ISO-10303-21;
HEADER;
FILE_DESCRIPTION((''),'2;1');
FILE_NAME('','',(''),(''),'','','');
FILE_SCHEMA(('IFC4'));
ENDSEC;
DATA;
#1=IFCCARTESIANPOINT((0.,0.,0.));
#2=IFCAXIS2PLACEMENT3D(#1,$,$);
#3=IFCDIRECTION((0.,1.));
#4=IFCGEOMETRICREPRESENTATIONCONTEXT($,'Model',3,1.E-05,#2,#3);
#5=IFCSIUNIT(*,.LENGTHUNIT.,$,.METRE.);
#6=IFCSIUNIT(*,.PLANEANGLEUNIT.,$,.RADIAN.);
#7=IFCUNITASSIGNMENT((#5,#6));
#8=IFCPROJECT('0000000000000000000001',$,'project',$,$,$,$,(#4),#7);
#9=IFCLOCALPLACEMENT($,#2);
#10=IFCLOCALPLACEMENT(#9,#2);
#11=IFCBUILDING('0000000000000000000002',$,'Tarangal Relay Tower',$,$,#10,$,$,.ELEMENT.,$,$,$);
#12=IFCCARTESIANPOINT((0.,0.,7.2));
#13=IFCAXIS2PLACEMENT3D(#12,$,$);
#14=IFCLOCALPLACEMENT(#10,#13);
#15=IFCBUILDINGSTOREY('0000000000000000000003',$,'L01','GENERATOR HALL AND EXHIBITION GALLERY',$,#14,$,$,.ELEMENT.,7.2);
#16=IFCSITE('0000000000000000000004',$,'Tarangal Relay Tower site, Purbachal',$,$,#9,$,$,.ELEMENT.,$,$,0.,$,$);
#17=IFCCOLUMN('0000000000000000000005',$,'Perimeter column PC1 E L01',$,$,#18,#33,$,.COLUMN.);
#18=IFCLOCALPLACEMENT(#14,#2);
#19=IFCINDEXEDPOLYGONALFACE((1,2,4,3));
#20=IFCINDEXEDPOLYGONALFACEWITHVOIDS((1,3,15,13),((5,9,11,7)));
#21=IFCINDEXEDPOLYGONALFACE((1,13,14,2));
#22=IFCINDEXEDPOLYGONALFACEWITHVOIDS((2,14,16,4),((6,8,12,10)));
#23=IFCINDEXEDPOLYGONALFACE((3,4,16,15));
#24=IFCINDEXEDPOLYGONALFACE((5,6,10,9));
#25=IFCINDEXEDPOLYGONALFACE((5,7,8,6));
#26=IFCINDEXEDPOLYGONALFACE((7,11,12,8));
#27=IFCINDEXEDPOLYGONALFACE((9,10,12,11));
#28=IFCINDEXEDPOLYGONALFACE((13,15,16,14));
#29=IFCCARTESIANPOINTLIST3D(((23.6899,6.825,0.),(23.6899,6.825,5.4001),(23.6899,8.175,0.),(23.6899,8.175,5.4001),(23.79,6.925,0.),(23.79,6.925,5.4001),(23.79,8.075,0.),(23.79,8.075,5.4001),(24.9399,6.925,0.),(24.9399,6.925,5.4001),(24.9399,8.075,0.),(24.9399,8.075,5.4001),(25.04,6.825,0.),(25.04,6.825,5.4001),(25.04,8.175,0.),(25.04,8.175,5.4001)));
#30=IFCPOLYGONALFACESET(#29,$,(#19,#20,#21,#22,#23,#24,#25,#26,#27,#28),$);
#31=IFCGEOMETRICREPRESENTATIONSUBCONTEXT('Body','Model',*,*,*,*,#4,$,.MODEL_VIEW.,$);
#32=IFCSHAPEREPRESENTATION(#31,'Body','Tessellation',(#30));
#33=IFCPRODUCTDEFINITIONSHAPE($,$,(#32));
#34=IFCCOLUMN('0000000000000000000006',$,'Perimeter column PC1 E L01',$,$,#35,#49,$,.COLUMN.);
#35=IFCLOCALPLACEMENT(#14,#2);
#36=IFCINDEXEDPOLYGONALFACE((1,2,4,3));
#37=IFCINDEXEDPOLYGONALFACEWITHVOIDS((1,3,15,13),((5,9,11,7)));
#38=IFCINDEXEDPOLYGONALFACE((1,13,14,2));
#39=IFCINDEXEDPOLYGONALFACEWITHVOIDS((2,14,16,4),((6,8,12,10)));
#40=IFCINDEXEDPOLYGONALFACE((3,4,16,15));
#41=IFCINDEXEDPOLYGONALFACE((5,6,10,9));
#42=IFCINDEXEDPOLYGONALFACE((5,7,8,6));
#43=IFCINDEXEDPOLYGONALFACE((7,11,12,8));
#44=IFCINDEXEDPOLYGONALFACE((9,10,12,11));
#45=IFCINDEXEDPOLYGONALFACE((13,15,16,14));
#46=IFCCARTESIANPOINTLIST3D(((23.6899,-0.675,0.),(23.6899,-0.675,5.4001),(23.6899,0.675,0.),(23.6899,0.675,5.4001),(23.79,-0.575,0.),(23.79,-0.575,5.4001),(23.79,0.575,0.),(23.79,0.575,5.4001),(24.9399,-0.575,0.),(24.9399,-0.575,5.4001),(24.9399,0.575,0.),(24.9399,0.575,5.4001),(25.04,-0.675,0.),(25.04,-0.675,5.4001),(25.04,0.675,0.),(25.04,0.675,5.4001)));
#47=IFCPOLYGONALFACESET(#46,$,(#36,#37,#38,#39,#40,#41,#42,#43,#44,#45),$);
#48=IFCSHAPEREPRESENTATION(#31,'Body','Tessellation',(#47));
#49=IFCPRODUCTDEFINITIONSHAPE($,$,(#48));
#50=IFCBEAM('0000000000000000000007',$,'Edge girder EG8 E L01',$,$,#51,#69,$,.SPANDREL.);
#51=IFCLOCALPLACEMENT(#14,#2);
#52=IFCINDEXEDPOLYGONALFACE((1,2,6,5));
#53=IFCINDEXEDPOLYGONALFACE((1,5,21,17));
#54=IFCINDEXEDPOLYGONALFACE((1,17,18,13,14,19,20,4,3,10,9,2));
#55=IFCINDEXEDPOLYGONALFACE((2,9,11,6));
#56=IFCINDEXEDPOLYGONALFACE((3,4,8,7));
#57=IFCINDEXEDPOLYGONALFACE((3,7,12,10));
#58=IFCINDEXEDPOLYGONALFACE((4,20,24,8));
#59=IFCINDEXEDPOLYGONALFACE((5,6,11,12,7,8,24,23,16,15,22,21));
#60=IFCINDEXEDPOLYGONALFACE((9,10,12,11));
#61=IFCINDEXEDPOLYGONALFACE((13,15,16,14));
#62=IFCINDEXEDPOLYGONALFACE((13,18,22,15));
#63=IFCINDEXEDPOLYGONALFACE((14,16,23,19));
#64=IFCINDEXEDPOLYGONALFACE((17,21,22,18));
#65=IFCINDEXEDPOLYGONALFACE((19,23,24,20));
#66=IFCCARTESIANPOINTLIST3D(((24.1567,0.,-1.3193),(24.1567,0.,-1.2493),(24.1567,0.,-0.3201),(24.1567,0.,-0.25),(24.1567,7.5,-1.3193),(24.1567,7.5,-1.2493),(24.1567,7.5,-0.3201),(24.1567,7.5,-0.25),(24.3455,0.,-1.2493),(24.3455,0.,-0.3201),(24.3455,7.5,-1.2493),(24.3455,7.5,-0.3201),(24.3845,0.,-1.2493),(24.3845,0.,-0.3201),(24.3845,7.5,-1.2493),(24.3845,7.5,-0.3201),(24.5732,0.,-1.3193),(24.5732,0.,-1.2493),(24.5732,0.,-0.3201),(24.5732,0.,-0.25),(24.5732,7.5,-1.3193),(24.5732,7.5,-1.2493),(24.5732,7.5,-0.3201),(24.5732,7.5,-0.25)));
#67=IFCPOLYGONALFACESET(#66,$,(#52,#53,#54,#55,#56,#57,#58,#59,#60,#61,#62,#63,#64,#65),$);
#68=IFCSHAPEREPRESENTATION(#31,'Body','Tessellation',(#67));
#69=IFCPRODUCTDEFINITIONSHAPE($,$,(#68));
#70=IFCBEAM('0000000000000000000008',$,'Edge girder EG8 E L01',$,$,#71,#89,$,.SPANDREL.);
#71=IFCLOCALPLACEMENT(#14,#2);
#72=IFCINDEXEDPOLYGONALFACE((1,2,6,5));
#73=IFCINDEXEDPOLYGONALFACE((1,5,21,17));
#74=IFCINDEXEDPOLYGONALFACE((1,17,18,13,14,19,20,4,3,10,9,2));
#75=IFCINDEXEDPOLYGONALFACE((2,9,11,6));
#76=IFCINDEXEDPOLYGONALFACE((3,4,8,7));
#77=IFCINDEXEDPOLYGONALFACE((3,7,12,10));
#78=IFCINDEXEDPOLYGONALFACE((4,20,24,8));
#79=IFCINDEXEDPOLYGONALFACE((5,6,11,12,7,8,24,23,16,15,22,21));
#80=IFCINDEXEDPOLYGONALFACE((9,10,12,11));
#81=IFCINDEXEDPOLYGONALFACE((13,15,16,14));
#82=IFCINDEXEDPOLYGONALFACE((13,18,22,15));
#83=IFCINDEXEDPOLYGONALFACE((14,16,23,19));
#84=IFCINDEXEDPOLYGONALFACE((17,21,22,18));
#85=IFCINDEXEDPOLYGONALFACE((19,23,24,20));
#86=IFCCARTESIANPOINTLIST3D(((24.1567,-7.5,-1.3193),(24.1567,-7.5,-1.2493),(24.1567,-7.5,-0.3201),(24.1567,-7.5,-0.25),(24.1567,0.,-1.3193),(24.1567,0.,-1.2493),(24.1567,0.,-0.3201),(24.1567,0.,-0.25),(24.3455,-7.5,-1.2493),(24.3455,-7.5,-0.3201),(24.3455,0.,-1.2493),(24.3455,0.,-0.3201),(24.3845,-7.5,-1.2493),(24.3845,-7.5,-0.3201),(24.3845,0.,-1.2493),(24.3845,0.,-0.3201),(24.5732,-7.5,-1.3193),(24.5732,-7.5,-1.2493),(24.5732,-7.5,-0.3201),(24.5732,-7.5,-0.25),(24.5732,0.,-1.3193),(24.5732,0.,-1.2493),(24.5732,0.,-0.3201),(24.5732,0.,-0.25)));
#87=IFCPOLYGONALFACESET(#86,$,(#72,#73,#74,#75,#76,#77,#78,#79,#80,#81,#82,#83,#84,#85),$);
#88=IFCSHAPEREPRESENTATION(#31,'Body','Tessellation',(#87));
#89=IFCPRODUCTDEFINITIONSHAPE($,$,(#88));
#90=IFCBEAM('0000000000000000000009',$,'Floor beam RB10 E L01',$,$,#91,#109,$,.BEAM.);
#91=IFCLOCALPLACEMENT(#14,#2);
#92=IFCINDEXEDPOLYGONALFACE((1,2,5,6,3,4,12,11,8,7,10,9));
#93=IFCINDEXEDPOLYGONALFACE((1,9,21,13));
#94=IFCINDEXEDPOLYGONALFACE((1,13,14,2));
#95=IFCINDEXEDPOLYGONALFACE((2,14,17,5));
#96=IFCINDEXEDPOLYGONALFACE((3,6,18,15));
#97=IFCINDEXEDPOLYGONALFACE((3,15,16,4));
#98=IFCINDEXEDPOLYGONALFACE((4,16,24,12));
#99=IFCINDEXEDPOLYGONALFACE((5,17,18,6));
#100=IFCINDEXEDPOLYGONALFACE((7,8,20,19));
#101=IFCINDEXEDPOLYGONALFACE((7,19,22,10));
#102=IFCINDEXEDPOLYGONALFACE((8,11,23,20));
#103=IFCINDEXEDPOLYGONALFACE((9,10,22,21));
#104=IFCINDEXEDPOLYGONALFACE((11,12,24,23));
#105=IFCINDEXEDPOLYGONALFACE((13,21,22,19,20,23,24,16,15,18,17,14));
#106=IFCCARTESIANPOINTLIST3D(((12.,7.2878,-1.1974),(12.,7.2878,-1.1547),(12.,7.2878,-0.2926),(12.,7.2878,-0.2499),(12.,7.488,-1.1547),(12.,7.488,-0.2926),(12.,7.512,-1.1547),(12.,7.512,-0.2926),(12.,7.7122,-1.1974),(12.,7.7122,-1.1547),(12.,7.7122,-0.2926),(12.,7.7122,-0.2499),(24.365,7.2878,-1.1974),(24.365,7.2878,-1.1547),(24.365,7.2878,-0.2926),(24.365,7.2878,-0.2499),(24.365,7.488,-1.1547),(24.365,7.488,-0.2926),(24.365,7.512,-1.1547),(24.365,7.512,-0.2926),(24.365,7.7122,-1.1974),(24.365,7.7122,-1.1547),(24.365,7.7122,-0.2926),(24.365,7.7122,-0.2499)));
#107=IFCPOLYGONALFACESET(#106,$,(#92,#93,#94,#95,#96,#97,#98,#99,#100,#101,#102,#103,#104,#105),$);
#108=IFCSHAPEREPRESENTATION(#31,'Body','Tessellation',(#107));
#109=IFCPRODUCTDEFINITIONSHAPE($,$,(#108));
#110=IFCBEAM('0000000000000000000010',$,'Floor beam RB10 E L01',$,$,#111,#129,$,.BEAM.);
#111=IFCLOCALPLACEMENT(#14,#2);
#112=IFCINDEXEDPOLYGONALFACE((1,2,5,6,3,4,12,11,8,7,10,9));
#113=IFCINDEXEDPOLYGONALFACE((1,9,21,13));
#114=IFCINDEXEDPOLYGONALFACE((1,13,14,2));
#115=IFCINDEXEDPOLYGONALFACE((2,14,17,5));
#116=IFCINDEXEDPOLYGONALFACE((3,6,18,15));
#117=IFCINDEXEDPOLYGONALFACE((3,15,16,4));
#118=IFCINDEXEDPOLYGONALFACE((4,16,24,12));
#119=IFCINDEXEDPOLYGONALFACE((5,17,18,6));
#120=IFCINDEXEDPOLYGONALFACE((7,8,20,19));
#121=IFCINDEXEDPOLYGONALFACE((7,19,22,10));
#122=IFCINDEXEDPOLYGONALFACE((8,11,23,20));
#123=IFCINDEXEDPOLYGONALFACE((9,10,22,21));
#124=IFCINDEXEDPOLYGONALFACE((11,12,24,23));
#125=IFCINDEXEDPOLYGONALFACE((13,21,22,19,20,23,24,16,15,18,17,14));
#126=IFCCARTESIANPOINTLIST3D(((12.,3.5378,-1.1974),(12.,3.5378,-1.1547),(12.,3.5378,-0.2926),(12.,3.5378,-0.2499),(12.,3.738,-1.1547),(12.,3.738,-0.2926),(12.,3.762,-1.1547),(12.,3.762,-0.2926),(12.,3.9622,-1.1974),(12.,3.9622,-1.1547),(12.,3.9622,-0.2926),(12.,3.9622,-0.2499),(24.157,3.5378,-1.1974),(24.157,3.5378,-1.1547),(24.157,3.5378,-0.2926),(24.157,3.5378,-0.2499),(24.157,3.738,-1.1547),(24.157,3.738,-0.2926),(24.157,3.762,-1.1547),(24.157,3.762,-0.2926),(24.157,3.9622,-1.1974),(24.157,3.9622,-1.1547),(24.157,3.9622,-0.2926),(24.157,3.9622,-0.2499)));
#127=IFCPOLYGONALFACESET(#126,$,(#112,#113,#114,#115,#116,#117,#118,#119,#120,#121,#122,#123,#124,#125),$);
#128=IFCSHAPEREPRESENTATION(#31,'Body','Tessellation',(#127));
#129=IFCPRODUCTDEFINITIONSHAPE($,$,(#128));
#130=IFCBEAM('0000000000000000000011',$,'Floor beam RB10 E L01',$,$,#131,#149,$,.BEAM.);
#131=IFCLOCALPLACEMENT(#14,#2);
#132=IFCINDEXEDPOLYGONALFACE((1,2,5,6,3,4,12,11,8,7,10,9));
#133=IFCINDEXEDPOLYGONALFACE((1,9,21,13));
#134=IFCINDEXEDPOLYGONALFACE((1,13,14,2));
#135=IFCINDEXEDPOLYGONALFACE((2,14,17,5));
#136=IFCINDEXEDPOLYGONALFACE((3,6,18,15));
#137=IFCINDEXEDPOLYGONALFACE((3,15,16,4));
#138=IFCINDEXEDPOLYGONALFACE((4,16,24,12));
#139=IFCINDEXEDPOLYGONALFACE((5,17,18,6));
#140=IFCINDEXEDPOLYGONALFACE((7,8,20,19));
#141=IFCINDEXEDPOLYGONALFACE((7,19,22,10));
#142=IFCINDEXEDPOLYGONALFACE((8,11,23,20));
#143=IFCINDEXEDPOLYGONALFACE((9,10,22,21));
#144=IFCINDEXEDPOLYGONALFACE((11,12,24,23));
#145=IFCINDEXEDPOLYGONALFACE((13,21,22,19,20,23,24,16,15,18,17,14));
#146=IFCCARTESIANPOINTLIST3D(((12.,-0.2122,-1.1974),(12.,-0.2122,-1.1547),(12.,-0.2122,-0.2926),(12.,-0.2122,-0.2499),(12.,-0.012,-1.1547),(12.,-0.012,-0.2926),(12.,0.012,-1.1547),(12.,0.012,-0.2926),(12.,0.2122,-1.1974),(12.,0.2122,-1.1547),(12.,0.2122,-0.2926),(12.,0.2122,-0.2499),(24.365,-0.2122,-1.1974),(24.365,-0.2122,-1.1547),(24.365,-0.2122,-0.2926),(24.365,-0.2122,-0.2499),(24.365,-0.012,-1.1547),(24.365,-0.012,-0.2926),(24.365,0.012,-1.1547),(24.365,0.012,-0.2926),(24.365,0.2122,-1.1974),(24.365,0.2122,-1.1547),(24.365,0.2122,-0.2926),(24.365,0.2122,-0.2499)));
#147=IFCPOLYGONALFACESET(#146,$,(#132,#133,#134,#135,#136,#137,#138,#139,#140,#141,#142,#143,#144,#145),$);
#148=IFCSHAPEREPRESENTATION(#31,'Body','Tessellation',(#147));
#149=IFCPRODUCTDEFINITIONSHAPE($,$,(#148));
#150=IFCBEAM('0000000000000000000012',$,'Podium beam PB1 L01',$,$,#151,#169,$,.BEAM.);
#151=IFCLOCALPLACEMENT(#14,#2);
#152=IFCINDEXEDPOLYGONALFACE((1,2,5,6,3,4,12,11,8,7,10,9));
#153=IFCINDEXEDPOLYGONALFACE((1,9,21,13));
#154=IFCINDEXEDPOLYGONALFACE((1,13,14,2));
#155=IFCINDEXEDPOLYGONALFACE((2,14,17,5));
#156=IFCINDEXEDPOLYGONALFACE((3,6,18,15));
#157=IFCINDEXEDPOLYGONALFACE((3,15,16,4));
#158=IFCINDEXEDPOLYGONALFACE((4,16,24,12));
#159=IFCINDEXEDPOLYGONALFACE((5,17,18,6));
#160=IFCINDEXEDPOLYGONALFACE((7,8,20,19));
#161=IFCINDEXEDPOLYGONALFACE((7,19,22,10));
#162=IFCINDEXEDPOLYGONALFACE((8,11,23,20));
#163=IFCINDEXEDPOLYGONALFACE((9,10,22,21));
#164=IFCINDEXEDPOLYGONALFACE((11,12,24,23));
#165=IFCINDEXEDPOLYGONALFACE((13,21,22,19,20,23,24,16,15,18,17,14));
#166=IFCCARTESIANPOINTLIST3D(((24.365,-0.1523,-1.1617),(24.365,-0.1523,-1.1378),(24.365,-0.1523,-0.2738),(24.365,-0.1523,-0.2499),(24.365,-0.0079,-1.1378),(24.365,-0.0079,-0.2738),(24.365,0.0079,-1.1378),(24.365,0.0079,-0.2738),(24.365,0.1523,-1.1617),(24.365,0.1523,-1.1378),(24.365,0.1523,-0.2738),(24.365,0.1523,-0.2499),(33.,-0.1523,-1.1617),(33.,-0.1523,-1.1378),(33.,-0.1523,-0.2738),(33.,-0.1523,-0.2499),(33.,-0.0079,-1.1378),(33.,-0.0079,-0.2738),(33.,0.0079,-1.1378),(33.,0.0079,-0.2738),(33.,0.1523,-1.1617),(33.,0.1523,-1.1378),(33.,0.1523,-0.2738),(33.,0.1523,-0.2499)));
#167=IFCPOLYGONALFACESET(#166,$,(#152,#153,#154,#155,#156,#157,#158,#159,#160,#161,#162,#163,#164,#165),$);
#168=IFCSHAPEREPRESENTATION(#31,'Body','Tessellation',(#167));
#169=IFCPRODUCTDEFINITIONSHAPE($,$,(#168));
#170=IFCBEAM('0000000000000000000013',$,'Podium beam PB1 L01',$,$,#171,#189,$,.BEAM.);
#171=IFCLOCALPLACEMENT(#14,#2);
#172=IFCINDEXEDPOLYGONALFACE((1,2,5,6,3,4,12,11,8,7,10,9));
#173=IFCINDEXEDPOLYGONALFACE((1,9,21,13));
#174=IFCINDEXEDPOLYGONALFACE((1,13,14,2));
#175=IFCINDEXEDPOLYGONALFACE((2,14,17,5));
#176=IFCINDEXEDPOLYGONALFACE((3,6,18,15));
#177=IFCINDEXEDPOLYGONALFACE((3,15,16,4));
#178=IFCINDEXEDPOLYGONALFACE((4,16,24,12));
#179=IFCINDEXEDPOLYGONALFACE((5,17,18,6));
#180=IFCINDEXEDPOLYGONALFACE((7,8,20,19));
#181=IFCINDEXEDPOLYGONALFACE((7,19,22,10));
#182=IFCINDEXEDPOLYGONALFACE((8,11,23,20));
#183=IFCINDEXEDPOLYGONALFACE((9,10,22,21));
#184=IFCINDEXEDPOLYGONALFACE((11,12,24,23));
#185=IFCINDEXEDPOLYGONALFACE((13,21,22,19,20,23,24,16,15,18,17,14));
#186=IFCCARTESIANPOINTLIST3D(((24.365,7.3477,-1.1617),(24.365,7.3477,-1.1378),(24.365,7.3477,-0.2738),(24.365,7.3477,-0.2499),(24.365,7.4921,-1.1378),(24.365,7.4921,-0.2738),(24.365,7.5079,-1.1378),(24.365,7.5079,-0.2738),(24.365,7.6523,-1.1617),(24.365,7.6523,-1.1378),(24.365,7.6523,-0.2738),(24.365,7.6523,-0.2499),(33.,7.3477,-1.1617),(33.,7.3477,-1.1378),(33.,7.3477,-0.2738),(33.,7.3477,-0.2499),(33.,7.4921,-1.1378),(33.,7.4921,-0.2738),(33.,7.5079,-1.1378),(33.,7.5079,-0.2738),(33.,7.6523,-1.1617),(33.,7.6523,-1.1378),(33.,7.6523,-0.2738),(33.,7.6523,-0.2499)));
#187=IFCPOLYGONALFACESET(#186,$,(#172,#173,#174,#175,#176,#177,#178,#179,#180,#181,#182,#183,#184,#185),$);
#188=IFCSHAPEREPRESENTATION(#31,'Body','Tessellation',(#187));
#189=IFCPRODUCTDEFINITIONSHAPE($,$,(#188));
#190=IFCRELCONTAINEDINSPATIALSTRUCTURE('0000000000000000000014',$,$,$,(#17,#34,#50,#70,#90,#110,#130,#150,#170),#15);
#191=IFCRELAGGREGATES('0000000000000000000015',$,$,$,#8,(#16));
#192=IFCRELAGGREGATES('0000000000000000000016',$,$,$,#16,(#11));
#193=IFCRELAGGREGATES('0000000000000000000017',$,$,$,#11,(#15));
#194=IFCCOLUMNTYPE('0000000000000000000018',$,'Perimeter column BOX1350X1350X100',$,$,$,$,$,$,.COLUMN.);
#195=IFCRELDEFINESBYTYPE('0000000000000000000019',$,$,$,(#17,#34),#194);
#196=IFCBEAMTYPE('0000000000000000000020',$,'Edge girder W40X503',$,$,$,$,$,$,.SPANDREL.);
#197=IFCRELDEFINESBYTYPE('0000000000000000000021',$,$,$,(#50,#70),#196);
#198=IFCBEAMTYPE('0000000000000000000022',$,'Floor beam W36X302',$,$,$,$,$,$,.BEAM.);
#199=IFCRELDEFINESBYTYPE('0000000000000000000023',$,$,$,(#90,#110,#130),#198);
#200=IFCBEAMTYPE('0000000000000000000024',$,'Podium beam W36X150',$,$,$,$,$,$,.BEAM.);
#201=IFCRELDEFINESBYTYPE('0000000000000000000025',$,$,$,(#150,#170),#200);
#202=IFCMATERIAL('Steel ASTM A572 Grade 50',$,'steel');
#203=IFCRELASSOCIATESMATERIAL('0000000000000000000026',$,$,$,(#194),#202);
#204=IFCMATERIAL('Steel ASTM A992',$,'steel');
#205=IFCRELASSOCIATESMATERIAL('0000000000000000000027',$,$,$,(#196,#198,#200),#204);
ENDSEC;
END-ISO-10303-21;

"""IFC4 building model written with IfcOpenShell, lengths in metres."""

from ifc_helpers import new_model, si_unit, direction, frame, origin, origin_2d, place, context, subcontext, project, spatial, hollow_rectangle, i_section, extrude, material, material_profile, profile_set, type_object, element, save


model = new_model("IFC4")

# Units and contexts
model_context = context("Model", 3, precision=1e-05, world=origin(), true_north=direction((0.0, 1.0)))
body_context = subcontext(model_context, "Body", "Model", "MODEL_VIEW")
ifc_project = project(units=[si_unit("LENGTHUNIT", "METRE"), si_unit("PLANEANGLEUNIT", "RADIAN")], contexts=[model_context])

# Site, building, storey
site_placement = place(None, origin())
site = spatial("IfcSite", under=ifc_project, at=site_placement, Name="Tarangal Relay Tower site, Purbachal", CompositionType="ELEMENT", RefElevation=0.0)
building_placement = place(site_placement, origin())
building = spatial("IfcBuilding", under=site, at=building_placement, Name="Tarangal Relay Tower", CompositionType="ELEMENT")
storey_placement = place(building_placement, frame((0.0, 0.0, 7.2)))
storey = spatial("IfcBuildingStorey", under=building, at=storey_placement, Name="L01", Description="GENERATOR HALL AND EXHIBITION GALLERY", CompositionType="ELEMENT", Elevation=7.2)

# Columns
ifc_material_1 = material(Name="Steel ASTM A572 Grade 50", Category="steel")
ifc_material_profile_1 = material_profile(ifc_material_1, hollow_rectangle(XDim=1.3501, YDim=1.3501, WallThickness=0.1001, at=origin_2d()), Name="BOX1350X1350X100")
ifc_profile_set_1 = profile_set([ifc_material_profile_1], Name="Steel ASTM A572 Grade 50")
column_type = type_object("IfcColumnType", Name="Perimeter column BOX1350X1350X100", PredefinedType="COLUMN", material=ifc_profile_set_1)
for number, where, z_axis, x_axis, name in (
    (1, (24.365, 7.5, 0.0), (0.0, 0.0, 1.0), (1.0, 0.0, 0.0), "Perimeter column PC1 E L01"),
    (2, (24.365, 0.0, 0.0), (0.0, 0.0, 1.0), (1.0, 0.0, 0.0), "Perimeter column PC1 E L01"),
):
    element("IfcColumn", number, at=place(storey_placement, frame(where, z_axis=z_axis, x_axis=x_axis)), inside=storey, type_object=column_type, Name=name, PredefinedType="COLUMN", context=body_context, shape_type="SweptSolid", body=[
        extrude(hollow_rectangle(XDim=1.3501, YDim=1.3501, WallThickness=0.1001, at=origin_2d()), origin(), (0.0, 0.0, 1.0), 5.4001),
    ])

# Beams
ifc_material_2 = material(Name="Steel ASTM A992", Category="steel")
ifc_material_profile_2 = material_profile(ifc_material_2, i_section(OverallWidth=0.4165, OverallDepth=1.0693, WebThickness=0.0391, FlangeThickness=0.0701, at=origin_2d()), Name="W40X503")
ifc_profile_set_2 = profile_set([ifc_material_profile_2], Name="Steel ASTM A992")
beam_type_1 = type_object("IfcBeamType", Name="Edge girder W40X503", PredefinedType="SPANDREL", material=ifc_profile_set_2)
for number, where, z_axis, x_axis, name in (
    (3, (24.365, 7.5, -0.7847), (0.0, -1.0, 0.0), (1.0, 0.0, 0.0), "Edge girder EG8 E L01"),
    (4, (24.365, 0.0, -0.7847), (0.0, -1.0, 0.0), (1.0, 0.0, 0.0), "Edge girder EG8 E L01"),
):
    element("IfcBeam", number, at=place(storey_placement, frame(where, z_axis=z_axis, x_axis=x_axis)), inside=storey, type_object=beam_type_1, Name=name, PredefinedType="SPANDREL", context=body_context, shape_type="SweptSolid", body=[
        extrude(i_section(OverallWidth=0.4165, OverallDepth=1.0693, WebThickness=0.0391, FlangeThickness=0.0701, at=origin_2d()), origin(), (0.0, 0.0, 1.0), 7.5),
    ])
ifc_material_profile_3 = material_profile(ifc_material_2, i_section(OverallWidth=0.4243, OverallDepth=0.9475, WebThickness=0.0239, FlangeThickness=0.0427, at=origin_2d()), Name="W36X302")
ifc_profile_set_3 = profile_set([ifc_material_profile_3], Name="Steel ASTM A992")
beam_type_2 = type_object("IfcBeamType", Name="Floor beam W36X302", PredefinedType="BEAM", material=ifc_profile_set_3)
beam_1_placement = place(storey_placement, frame((12.0, 7.5, -0.7236), z_axis=(1.0, 0.0, 0.0), x_axis=(0.0, 1.0, 0.0)))
element("IfcBeam", 5, at=beam_1_placement, inside=storey, type_object=beam_type_2, Name="Floor beam RB10 E L01", PredefinedType="BEAM", context=body_context, shape_type="SweptSolid", body=[
    extrude(i_section(OverallWidth=0.4243, OverallDepth=0.9475, WebThickness=0.0239, FlangeThickness=0.0427, at=origin_2d()), origin(), (0.0, 0.0, 1.0), 12.365),
])
beam_2_placement = place(storey_placement, frame((12.0, 3.75, -0.7236), z_axis=(1.0, 0.0, 0.0), x_axis=(0.0, 1.0, 0.0)))
element("IfcBeam", 6, at=beam_2_placement, inside=storey, type_object=beam_type_2, Name="Floor beam RB10 E L01", PredefinedType="BEAM", context=body_context, shape_type="SweptSolid", body=[
    extrude(i_section(OverallWidth=0.4243, OverallDepth=0.9475, WebThickness=0.0239, FlangeThickness=0.0427, at=origin_2d()), origin(), (0.0, 0.0, 1.0), 12.157),
])
beam_3_placement = place(storey_placement, frame((12.0, 0.0, -0.7236), z_axis=(1.0, 0.0, 0.0), x_axis=(0.0, 1.0, 0.0)))
element("IfcBeam", 7, at=beam_3_placement, inside=storey, type_object=beam_type_2, Name="Floor beam RB10 E L01", PredefinedType="BEAM", context=body_context, shape_type="SweptSolid", body=[
    extrude(i_section(OverallWidth=0.4243, OverallDepth=0.9475, WebThickness=0.0239, FlangeThickness=0.0427, at=origin_2d()), origin(), (0.0, 0.0, 1.0), 12.365),
])
ifc_material_profile_4 = material_profile(ifc_material_2, i_section(OverallWidth=0.3047, OverallDepth=0.9119, WebThickness=0.0159, FlangeThickness=0.0239, at=origin_2d()), Name="W36X150")
ifc_profile_set_4 = profile_set([ifc_material_profile_4], Name="Steel ASTM A992")
beam_type_3 = type_object("IfcBeamType", Name="Podium beam W36X150", PredefinedType="BEAM", material=ifc_profile_set_4)
for number, where, z_axis, x_axis, name in (
    (8, (24.365, 0.0, -0.7058), (1.0, 0.0, 0.0), (0.0, 1.0, 0.0), "Podium beam PB1 L01"),
    (9, (24.365, 7.5, -0.7058), (1.0, 0.0, 0.0), (0.0, 1.0, 0.0), "Podium beam PB1 L01"),
):
    element("IfcBeam", number, at=place(storey_placement, frame(where, z_axis=z_axis, x_axis=x_axis)), inside=storey, type_object=beam_type_3, Name=name, PredefinedType="BEAM", context=body_context, shape_type="SweptSolid", body=[
        extrude(i_section(OverallWidth=0.3047, OverallDepth=0.9119, WebThickness=0.0159, FlangeThickness=0.0239, at=origin_2d()), origin(), (0.0, 0.0, 1.0), 8.635),
    ])

save(model, "model.ifc")
